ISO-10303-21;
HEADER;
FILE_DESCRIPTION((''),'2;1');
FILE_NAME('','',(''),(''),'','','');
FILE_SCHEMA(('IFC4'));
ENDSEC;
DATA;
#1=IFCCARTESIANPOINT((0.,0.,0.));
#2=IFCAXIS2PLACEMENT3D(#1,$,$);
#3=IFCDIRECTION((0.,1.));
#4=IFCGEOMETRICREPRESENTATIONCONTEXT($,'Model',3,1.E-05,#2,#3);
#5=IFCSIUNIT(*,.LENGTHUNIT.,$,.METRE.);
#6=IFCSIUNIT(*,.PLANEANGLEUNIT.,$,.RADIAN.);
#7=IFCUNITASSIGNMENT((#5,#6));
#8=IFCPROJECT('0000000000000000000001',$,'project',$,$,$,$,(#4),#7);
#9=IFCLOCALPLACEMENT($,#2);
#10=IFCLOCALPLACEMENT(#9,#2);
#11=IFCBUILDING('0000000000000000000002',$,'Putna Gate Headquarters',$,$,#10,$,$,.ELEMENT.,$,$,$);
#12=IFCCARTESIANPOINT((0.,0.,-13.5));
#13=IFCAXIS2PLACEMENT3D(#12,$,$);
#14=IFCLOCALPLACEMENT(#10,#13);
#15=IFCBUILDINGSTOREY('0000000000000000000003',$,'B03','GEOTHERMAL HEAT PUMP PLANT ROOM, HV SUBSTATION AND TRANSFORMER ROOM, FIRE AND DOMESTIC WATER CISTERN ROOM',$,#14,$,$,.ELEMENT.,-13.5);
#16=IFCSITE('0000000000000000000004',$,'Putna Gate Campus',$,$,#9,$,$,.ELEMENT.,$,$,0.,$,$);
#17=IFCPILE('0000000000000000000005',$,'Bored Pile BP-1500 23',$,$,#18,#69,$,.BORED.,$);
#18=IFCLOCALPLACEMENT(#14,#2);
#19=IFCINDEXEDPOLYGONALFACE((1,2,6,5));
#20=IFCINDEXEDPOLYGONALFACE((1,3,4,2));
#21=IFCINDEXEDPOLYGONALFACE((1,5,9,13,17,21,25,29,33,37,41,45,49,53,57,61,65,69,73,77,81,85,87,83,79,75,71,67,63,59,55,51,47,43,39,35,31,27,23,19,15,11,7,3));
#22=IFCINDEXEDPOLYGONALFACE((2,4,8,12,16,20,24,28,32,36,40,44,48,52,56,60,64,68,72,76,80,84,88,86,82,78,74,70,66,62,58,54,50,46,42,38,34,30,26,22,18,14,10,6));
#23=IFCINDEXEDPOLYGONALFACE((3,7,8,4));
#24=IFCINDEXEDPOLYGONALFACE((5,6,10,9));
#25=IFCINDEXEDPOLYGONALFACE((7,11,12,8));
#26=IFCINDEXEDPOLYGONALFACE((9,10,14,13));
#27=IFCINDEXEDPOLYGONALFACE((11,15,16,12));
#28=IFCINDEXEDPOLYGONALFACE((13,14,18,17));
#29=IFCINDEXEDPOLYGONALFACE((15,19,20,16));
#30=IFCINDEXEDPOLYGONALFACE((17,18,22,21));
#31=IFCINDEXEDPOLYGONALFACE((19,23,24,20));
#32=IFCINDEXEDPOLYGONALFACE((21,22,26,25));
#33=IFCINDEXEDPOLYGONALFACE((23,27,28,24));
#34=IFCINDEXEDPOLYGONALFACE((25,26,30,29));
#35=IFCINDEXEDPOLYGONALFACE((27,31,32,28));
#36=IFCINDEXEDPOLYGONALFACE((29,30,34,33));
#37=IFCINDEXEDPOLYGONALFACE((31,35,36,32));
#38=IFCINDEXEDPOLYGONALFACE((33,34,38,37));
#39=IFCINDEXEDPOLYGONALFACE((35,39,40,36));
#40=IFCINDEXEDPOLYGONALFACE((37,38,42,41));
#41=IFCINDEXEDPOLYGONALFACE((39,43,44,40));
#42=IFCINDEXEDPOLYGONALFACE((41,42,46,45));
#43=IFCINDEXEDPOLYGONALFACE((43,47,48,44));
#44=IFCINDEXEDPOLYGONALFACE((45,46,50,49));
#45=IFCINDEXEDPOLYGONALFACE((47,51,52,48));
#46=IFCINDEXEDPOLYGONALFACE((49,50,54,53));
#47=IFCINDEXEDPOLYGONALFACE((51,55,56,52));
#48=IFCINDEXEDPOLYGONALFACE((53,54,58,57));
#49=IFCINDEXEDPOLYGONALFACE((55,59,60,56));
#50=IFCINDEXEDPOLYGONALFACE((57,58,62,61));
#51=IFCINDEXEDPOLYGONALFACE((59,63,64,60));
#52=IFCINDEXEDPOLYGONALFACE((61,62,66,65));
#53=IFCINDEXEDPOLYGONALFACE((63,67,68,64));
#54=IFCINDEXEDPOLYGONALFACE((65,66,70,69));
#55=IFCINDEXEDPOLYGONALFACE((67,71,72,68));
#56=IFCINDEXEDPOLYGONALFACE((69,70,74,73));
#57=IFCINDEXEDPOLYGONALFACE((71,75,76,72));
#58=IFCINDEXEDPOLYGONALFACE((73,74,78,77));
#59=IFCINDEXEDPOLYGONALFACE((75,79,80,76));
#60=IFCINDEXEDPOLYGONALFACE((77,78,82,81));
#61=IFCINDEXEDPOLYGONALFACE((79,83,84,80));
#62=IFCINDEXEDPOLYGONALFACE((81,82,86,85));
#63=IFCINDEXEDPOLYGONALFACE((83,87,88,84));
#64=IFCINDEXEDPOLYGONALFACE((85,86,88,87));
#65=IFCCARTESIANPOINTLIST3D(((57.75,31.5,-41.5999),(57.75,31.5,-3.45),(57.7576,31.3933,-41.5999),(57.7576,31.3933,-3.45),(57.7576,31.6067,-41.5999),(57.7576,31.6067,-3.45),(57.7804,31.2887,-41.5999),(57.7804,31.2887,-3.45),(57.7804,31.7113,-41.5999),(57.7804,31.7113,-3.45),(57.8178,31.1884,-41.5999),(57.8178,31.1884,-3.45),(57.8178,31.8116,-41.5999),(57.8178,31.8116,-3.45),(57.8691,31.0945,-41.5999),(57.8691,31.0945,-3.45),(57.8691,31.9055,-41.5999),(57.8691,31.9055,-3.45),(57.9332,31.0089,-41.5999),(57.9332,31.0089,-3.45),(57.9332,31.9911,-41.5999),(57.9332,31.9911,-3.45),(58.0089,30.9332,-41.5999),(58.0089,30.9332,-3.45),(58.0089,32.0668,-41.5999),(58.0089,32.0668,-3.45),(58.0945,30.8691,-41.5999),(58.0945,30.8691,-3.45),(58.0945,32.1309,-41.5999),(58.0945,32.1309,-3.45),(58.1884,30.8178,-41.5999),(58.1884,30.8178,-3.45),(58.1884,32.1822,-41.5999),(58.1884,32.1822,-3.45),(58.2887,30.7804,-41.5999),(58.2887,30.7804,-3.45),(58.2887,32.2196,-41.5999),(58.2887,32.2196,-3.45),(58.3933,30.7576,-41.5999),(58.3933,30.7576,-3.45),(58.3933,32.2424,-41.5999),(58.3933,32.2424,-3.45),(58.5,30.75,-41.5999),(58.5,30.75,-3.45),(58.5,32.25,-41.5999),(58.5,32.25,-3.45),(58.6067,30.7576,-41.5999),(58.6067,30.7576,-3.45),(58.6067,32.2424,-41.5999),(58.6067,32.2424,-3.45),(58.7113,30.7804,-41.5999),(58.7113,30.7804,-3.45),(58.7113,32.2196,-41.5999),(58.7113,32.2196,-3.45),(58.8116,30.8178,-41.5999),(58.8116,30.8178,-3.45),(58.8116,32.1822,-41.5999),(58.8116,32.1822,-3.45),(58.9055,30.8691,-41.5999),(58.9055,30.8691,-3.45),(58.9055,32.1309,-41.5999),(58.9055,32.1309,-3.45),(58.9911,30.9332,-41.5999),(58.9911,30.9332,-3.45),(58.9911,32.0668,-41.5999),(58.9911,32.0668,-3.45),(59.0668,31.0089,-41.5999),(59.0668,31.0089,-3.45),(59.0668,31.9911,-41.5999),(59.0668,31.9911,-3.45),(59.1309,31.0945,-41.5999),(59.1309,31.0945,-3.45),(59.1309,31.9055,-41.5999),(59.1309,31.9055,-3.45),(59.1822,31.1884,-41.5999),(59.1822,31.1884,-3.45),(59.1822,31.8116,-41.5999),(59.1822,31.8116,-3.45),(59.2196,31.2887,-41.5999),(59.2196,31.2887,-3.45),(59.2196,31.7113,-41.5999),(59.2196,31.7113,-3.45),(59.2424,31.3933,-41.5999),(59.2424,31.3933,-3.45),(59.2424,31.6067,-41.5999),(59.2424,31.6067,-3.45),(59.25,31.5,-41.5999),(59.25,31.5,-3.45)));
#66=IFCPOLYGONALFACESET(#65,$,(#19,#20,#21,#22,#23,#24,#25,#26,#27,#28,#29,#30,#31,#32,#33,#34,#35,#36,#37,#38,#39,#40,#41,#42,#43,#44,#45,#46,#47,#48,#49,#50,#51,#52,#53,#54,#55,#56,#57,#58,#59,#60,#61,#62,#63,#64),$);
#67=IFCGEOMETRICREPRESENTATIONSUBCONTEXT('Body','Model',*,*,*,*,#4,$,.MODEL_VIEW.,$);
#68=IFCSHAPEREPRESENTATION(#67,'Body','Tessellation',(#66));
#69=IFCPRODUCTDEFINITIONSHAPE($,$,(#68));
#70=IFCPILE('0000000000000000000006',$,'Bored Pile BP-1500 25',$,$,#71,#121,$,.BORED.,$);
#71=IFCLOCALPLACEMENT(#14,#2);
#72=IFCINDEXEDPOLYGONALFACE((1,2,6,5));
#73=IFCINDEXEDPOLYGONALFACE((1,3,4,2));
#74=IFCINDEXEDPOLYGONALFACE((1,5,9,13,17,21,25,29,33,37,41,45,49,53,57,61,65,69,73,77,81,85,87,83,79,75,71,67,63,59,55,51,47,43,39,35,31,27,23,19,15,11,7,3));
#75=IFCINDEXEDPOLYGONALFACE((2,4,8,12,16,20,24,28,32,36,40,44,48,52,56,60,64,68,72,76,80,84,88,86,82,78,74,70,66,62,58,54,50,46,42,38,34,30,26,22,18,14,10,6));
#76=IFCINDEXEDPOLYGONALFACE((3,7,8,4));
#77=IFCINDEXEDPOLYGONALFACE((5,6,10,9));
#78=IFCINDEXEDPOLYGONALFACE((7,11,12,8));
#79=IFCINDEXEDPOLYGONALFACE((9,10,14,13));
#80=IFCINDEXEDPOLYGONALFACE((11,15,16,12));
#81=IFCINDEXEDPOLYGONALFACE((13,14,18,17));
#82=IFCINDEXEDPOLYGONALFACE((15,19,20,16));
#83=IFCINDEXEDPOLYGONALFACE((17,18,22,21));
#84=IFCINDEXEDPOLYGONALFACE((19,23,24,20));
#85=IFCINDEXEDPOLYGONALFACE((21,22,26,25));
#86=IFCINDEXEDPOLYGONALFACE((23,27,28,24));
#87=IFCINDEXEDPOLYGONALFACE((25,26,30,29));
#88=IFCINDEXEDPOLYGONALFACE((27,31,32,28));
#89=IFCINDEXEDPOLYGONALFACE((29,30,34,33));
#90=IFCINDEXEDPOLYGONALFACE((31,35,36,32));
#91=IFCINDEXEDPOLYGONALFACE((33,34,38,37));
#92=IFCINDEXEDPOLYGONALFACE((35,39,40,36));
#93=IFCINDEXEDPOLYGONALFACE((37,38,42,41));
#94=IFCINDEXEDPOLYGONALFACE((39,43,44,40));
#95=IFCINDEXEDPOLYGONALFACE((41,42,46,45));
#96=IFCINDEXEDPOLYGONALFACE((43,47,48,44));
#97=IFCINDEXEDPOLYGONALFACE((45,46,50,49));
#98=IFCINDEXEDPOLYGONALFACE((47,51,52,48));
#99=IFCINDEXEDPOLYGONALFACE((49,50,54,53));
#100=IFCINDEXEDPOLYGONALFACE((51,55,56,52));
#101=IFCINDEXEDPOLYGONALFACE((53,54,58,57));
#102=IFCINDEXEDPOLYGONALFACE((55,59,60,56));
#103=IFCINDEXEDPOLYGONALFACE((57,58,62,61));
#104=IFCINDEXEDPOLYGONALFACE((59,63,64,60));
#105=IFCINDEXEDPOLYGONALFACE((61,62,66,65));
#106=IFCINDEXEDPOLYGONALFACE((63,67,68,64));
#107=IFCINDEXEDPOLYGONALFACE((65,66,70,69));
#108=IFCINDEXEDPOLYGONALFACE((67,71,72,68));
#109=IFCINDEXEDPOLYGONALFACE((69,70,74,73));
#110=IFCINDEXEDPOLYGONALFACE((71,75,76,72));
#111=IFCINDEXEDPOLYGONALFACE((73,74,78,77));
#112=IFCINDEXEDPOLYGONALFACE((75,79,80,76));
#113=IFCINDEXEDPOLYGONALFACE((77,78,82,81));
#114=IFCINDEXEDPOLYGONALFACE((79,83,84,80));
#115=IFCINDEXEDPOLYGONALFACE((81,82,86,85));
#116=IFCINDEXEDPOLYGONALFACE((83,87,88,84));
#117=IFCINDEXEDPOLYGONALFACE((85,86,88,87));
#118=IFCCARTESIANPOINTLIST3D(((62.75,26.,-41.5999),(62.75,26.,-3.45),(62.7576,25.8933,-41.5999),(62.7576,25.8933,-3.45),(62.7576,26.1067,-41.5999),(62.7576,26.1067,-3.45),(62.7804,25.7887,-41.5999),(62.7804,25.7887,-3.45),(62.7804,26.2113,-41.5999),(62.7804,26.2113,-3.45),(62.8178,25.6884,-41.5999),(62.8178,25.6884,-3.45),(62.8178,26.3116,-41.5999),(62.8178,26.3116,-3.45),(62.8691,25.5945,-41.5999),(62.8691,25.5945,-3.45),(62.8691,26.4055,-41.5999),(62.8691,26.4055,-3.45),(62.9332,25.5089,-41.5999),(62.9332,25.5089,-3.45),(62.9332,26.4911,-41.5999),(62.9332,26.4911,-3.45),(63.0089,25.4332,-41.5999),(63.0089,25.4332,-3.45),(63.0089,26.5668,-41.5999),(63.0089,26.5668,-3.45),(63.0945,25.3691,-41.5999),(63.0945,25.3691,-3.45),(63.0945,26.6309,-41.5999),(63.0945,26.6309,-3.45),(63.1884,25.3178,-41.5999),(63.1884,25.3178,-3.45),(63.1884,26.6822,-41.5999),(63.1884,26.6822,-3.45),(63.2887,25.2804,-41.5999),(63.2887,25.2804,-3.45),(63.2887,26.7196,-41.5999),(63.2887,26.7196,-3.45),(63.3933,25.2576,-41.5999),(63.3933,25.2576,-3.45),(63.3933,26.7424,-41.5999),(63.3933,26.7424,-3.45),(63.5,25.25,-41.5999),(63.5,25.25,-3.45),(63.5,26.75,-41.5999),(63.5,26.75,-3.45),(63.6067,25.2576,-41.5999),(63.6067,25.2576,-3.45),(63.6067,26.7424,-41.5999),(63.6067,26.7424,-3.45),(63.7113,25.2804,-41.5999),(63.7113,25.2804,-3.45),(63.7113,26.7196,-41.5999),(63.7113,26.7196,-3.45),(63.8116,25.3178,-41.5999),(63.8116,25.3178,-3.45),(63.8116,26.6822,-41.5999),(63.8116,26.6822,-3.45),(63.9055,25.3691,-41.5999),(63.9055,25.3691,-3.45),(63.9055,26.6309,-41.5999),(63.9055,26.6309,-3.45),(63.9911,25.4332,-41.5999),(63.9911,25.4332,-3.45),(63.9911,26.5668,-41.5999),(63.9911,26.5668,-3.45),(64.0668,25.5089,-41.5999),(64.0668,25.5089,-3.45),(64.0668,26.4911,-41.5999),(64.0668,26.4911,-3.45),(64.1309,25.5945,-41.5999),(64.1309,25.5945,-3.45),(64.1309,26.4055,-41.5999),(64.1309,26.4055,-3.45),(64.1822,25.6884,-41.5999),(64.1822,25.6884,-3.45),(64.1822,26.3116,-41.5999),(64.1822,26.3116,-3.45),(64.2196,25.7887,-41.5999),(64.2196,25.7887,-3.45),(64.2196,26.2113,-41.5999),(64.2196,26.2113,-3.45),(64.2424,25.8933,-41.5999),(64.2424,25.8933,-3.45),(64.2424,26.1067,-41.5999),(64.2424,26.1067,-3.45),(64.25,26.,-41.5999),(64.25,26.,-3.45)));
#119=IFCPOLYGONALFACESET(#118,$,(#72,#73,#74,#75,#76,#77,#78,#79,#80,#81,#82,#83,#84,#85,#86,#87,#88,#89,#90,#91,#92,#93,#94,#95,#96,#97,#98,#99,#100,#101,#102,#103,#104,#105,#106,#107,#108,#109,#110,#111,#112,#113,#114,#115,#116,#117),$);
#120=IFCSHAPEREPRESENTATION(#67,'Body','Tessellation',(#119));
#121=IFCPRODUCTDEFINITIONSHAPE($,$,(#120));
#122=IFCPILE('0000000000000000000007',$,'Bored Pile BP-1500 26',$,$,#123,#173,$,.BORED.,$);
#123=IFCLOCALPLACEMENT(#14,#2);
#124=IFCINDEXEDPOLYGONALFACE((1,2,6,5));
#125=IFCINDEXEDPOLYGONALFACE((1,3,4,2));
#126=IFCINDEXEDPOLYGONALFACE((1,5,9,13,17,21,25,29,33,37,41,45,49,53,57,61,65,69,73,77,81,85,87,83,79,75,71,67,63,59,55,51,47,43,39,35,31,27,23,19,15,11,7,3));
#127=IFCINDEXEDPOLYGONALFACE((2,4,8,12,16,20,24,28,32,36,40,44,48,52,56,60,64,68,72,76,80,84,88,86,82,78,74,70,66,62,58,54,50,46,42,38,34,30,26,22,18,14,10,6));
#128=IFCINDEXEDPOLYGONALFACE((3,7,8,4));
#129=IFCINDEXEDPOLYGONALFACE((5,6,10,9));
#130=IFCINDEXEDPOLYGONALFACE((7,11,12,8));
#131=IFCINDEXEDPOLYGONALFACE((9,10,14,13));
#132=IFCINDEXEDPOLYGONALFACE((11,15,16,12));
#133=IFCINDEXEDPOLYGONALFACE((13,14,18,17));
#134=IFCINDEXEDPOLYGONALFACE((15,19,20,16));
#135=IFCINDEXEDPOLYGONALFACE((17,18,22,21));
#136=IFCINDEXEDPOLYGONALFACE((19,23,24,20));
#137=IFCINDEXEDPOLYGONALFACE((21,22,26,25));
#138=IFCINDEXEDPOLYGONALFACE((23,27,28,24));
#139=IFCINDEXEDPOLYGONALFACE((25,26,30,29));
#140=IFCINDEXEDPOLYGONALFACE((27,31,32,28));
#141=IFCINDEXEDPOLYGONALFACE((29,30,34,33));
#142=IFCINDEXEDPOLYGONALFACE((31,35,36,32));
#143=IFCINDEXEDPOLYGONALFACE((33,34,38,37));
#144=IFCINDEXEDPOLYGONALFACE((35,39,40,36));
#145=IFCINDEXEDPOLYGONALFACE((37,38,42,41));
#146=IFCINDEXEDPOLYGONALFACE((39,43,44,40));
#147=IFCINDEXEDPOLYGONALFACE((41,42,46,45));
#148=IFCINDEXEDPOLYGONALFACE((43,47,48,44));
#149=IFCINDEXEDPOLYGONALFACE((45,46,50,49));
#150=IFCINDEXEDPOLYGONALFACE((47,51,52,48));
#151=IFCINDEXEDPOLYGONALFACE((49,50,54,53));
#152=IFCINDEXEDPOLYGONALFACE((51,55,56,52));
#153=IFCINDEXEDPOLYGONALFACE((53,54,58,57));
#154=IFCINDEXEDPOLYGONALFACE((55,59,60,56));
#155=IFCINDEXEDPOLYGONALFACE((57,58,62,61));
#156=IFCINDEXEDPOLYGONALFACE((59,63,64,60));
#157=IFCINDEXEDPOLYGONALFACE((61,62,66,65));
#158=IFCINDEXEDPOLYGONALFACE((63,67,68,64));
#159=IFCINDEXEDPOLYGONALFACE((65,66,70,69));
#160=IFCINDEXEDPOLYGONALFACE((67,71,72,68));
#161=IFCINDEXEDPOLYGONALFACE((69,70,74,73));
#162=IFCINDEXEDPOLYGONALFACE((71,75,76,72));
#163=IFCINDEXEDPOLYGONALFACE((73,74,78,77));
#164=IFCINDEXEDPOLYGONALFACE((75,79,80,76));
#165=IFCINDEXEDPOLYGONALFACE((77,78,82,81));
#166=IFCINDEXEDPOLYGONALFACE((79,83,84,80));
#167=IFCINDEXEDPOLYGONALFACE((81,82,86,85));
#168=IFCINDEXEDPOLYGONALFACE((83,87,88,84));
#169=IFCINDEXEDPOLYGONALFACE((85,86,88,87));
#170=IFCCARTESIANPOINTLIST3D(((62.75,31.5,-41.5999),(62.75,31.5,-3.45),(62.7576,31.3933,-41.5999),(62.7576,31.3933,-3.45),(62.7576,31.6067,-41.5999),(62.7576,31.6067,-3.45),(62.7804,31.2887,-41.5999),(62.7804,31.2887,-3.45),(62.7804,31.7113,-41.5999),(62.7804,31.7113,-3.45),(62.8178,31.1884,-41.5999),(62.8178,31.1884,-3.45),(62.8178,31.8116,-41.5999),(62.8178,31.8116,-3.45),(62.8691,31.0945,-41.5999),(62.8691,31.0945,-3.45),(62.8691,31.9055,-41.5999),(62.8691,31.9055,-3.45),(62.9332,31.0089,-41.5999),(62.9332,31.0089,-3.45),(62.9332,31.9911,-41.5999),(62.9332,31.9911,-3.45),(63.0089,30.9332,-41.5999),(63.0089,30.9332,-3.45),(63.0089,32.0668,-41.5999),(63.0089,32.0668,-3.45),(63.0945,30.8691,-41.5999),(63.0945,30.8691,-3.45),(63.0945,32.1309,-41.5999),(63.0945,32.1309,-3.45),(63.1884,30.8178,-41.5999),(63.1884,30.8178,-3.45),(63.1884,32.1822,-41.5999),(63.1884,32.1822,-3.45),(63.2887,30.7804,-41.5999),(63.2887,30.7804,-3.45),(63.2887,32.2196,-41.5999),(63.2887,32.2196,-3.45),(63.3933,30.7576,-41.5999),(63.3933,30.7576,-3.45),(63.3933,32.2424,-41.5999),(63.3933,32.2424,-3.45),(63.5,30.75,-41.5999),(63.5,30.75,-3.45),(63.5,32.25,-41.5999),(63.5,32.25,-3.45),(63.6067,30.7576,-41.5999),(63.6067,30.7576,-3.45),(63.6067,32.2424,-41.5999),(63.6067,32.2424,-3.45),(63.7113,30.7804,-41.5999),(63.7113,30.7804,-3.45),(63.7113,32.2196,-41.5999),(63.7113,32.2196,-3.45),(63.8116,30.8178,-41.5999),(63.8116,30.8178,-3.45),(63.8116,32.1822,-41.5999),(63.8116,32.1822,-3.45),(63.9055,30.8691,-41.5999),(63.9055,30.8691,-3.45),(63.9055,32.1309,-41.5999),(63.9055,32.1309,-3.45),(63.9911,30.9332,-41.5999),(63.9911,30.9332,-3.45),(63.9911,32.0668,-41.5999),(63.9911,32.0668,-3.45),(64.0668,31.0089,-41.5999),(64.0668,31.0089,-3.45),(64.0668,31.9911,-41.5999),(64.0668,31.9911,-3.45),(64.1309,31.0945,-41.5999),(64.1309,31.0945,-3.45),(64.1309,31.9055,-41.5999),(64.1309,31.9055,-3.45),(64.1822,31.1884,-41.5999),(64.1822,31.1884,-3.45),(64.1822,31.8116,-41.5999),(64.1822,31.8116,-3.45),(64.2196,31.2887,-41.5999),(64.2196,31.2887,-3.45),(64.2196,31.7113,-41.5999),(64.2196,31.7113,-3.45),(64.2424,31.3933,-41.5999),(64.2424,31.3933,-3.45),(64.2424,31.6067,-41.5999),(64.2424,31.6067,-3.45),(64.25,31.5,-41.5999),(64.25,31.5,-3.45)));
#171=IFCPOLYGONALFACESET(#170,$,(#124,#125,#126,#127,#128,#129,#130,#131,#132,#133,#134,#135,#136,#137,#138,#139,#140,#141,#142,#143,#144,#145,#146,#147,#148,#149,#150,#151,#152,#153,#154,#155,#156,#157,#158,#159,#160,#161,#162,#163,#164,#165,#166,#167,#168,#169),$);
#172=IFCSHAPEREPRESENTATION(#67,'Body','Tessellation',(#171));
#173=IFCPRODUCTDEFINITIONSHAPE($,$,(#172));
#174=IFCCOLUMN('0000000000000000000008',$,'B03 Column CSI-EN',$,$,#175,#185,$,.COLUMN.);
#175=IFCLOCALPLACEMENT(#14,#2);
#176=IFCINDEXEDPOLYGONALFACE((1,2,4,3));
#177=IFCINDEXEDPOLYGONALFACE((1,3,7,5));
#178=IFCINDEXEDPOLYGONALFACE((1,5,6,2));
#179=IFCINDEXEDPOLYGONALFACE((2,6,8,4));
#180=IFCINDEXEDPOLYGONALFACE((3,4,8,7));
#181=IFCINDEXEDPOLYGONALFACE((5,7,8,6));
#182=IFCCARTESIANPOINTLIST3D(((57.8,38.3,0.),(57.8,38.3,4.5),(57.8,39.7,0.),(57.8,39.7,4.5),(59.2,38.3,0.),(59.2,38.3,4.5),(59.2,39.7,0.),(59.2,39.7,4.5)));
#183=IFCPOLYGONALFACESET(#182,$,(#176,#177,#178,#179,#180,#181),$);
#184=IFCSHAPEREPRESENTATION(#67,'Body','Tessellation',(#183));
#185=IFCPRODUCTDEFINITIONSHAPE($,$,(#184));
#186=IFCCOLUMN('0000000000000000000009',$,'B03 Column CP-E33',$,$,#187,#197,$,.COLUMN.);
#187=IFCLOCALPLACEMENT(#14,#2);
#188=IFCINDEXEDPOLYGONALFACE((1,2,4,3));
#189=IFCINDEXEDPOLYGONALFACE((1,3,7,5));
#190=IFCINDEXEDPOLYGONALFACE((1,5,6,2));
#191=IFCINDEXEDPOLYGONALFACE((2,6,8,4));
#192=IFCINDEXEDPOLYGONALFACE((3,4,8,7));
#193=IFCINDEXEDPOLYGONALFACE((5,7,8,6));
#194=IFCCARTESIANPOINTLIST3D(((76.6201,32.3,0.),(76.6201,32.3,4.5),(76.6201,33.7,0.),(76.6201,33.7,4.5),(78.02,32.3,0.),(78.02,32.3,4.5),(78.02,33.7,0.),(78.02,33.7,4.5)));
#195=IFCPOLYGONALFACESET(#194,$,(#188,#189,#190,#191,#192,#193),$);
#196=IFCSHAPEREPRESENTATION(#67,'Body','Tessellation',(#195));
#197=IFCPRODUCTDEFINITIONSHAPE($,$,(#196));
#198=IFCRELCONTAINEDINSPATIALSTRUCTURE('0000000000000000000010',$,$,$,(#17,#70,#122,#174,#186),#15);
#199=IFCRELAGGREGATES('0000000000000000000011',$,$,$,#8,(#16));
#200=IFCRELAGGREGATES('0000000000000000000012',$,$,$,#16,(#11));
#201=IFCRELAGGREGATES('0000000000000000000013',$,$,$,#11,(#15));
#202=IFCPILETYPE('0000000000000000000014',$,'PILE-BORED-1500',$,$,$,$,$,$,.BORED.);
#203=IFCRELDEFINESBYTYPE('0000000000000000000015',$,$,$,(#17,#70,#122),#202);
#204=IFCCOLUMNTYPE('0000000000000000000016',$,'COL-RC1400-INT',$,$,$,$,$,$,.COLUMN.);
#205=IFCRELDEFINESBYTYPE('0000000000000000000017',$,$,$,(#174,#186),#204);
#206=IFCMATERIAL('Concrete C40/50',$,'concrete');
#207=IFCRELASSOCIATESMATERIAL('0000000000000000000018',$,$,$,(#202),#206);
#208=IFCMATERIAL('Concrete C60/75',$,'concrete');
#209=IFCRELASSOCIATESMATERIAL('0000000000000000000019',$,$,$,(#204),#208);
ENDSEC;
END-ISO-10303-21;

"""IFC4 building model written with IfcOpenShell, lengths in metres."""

from ifc_helpers import new_model, si_unit, direction, frame, origin, origin_2d, place, context, subcontext, project, spatial, rectangle, circle, extrude, material, material_profile, profile_set, type_object, element, save


model = new_model("IFC4")

# Units and contexts
model_context = context("Model", 3, precision=1e-05, world=origin(), true_north=direction((0.0, 1.0)))
body_context = subcontext(model_context, "Body", "Model", "MODEL_VIEW")
ifc_project = project(units=[si_unit("LENGTHUNIT", "METRE"), si_unit("PLANEANGLEUNIT", "RADIAN")], contexts=[model_context])

# Site, building, storey
site_placement = place(None, origin())
site = spatial("IfcSite", under=ifc_project, at=site_placement, Name="Putna Gate Campus", CompositionType="ELEMENT", RefElevation=0.0)
building_placement = place(site_placement, origin())
building = spatial("IfcBuilding", under=site, at=building_placement, Name="Putna Gate Headquarters", CompositionType="ELEMENT")
storey_placement = place(building_placement, frame((0.0, 0.0, -13.5)))
storey = spatial("IfcBuildingStorey", under=building, at=storey_placement, Name="B03", Description="GEOTHERMAL HEAT PUMP PLANT ROOM, HV SUBSTATION AND TRANSFORMER ROOM, FIRE AND DOMESTIC WATER CISTERN ROOM", CompositionType="ELEMENT", Elevation=-13.5)

# Piles
ifc_material_1 = material(Name="Concrete C40/50", Category="concrete")
ifc_material_profile_1 = material_profile(ifc_material_1, circle(Radius=0.75, at=origin_2d()), Name="Concrete C40/50")
ifc_profile_set_1 = profile_set([ifc_material_profile_1], Name="Concrete C40/50")
pile_type_1 = type_object("IfcPileType", Name="PILE-BORED-1500", PredefinedType="BORED", material=ifc_profile_set_1)
for number, where, z_axis, x_axis, name in (
    (1, (58.5, 31.5, -3.45), (0.0, 0.0, -1.0), (1.0, 0.0, 0.0), "Bored Pile BP-1500 23"),
    (2, (63.5, 26.0, -3.45), (0.0, 0.0, -1.0), (1.0, 0.0, 0.0), "Bored Pile BP-1500 25"),
    (3, (63.5, 31.5, -3.45), (0.0, 0.0, -1.0), (1.0, 0.0, 0.0), "Bored Pile BP-1500 26"),
):
    element("IfcPile", number, at=place(storey_placement, frame(where, z_axis=z_axis, x_axis=x_axis)), inside=storey, type_object=pile_type_1, Name=name, PredefinedType="BORED", context=body_context, shape_type="SweptSolid", body=[
        extrude(circle(Radius=0.75, at=origin_2d()), origin(), (0.0, 0.0, 1.0), 38.1499),
    ])

# Columns
ifc_material_2 = material(Name="Concrete C60/75", Category="concrete")
ifc_material_profile_2 = material_profile(ifc_material_2, rectangle(XDim=1.3999, YDim=1.3999, at=origin_2d()), Name="Concrete C60/75")
ifc_profile_set_2 = profile_set([ifc_material_profile_2], Name="Concrete C60/75")
column_type = type_object("IfcColumnType", Name="COL-RC1400-INT", PredefinedType="COLUMN", material=ifc_profile_set_2)
for number, where, z_axis, x_axis, name in (
    (4, (58.5, 39.0, 0.0), (0.0, 0.0, 1.0), (1.0, 0.0, 0.0), "B03 Column CSI-EN"),
    (5, (77.3201, 33.0, 0.0), (0.0, 0.0, 1.0), (1.0, 0.0, 0.0), "B03 Column CP-E33"),
):
    element("IfcColumn", number, at=place(storey_placement, frame(where, z_axis=z_axis, x_axis=x_axis)), inside=storey, type_object=column_type, Name=name, PredefinedType="COLUMN", context=body_context, shape_type="SweptSolid", body=[
        extrude(rectangle(XDim=1.3999, YDim=1.3999, at=origin_2d()), origin(), (0.0, 0.0, 1.0), 4.5),
    ])

save(model, "model.ifc")
